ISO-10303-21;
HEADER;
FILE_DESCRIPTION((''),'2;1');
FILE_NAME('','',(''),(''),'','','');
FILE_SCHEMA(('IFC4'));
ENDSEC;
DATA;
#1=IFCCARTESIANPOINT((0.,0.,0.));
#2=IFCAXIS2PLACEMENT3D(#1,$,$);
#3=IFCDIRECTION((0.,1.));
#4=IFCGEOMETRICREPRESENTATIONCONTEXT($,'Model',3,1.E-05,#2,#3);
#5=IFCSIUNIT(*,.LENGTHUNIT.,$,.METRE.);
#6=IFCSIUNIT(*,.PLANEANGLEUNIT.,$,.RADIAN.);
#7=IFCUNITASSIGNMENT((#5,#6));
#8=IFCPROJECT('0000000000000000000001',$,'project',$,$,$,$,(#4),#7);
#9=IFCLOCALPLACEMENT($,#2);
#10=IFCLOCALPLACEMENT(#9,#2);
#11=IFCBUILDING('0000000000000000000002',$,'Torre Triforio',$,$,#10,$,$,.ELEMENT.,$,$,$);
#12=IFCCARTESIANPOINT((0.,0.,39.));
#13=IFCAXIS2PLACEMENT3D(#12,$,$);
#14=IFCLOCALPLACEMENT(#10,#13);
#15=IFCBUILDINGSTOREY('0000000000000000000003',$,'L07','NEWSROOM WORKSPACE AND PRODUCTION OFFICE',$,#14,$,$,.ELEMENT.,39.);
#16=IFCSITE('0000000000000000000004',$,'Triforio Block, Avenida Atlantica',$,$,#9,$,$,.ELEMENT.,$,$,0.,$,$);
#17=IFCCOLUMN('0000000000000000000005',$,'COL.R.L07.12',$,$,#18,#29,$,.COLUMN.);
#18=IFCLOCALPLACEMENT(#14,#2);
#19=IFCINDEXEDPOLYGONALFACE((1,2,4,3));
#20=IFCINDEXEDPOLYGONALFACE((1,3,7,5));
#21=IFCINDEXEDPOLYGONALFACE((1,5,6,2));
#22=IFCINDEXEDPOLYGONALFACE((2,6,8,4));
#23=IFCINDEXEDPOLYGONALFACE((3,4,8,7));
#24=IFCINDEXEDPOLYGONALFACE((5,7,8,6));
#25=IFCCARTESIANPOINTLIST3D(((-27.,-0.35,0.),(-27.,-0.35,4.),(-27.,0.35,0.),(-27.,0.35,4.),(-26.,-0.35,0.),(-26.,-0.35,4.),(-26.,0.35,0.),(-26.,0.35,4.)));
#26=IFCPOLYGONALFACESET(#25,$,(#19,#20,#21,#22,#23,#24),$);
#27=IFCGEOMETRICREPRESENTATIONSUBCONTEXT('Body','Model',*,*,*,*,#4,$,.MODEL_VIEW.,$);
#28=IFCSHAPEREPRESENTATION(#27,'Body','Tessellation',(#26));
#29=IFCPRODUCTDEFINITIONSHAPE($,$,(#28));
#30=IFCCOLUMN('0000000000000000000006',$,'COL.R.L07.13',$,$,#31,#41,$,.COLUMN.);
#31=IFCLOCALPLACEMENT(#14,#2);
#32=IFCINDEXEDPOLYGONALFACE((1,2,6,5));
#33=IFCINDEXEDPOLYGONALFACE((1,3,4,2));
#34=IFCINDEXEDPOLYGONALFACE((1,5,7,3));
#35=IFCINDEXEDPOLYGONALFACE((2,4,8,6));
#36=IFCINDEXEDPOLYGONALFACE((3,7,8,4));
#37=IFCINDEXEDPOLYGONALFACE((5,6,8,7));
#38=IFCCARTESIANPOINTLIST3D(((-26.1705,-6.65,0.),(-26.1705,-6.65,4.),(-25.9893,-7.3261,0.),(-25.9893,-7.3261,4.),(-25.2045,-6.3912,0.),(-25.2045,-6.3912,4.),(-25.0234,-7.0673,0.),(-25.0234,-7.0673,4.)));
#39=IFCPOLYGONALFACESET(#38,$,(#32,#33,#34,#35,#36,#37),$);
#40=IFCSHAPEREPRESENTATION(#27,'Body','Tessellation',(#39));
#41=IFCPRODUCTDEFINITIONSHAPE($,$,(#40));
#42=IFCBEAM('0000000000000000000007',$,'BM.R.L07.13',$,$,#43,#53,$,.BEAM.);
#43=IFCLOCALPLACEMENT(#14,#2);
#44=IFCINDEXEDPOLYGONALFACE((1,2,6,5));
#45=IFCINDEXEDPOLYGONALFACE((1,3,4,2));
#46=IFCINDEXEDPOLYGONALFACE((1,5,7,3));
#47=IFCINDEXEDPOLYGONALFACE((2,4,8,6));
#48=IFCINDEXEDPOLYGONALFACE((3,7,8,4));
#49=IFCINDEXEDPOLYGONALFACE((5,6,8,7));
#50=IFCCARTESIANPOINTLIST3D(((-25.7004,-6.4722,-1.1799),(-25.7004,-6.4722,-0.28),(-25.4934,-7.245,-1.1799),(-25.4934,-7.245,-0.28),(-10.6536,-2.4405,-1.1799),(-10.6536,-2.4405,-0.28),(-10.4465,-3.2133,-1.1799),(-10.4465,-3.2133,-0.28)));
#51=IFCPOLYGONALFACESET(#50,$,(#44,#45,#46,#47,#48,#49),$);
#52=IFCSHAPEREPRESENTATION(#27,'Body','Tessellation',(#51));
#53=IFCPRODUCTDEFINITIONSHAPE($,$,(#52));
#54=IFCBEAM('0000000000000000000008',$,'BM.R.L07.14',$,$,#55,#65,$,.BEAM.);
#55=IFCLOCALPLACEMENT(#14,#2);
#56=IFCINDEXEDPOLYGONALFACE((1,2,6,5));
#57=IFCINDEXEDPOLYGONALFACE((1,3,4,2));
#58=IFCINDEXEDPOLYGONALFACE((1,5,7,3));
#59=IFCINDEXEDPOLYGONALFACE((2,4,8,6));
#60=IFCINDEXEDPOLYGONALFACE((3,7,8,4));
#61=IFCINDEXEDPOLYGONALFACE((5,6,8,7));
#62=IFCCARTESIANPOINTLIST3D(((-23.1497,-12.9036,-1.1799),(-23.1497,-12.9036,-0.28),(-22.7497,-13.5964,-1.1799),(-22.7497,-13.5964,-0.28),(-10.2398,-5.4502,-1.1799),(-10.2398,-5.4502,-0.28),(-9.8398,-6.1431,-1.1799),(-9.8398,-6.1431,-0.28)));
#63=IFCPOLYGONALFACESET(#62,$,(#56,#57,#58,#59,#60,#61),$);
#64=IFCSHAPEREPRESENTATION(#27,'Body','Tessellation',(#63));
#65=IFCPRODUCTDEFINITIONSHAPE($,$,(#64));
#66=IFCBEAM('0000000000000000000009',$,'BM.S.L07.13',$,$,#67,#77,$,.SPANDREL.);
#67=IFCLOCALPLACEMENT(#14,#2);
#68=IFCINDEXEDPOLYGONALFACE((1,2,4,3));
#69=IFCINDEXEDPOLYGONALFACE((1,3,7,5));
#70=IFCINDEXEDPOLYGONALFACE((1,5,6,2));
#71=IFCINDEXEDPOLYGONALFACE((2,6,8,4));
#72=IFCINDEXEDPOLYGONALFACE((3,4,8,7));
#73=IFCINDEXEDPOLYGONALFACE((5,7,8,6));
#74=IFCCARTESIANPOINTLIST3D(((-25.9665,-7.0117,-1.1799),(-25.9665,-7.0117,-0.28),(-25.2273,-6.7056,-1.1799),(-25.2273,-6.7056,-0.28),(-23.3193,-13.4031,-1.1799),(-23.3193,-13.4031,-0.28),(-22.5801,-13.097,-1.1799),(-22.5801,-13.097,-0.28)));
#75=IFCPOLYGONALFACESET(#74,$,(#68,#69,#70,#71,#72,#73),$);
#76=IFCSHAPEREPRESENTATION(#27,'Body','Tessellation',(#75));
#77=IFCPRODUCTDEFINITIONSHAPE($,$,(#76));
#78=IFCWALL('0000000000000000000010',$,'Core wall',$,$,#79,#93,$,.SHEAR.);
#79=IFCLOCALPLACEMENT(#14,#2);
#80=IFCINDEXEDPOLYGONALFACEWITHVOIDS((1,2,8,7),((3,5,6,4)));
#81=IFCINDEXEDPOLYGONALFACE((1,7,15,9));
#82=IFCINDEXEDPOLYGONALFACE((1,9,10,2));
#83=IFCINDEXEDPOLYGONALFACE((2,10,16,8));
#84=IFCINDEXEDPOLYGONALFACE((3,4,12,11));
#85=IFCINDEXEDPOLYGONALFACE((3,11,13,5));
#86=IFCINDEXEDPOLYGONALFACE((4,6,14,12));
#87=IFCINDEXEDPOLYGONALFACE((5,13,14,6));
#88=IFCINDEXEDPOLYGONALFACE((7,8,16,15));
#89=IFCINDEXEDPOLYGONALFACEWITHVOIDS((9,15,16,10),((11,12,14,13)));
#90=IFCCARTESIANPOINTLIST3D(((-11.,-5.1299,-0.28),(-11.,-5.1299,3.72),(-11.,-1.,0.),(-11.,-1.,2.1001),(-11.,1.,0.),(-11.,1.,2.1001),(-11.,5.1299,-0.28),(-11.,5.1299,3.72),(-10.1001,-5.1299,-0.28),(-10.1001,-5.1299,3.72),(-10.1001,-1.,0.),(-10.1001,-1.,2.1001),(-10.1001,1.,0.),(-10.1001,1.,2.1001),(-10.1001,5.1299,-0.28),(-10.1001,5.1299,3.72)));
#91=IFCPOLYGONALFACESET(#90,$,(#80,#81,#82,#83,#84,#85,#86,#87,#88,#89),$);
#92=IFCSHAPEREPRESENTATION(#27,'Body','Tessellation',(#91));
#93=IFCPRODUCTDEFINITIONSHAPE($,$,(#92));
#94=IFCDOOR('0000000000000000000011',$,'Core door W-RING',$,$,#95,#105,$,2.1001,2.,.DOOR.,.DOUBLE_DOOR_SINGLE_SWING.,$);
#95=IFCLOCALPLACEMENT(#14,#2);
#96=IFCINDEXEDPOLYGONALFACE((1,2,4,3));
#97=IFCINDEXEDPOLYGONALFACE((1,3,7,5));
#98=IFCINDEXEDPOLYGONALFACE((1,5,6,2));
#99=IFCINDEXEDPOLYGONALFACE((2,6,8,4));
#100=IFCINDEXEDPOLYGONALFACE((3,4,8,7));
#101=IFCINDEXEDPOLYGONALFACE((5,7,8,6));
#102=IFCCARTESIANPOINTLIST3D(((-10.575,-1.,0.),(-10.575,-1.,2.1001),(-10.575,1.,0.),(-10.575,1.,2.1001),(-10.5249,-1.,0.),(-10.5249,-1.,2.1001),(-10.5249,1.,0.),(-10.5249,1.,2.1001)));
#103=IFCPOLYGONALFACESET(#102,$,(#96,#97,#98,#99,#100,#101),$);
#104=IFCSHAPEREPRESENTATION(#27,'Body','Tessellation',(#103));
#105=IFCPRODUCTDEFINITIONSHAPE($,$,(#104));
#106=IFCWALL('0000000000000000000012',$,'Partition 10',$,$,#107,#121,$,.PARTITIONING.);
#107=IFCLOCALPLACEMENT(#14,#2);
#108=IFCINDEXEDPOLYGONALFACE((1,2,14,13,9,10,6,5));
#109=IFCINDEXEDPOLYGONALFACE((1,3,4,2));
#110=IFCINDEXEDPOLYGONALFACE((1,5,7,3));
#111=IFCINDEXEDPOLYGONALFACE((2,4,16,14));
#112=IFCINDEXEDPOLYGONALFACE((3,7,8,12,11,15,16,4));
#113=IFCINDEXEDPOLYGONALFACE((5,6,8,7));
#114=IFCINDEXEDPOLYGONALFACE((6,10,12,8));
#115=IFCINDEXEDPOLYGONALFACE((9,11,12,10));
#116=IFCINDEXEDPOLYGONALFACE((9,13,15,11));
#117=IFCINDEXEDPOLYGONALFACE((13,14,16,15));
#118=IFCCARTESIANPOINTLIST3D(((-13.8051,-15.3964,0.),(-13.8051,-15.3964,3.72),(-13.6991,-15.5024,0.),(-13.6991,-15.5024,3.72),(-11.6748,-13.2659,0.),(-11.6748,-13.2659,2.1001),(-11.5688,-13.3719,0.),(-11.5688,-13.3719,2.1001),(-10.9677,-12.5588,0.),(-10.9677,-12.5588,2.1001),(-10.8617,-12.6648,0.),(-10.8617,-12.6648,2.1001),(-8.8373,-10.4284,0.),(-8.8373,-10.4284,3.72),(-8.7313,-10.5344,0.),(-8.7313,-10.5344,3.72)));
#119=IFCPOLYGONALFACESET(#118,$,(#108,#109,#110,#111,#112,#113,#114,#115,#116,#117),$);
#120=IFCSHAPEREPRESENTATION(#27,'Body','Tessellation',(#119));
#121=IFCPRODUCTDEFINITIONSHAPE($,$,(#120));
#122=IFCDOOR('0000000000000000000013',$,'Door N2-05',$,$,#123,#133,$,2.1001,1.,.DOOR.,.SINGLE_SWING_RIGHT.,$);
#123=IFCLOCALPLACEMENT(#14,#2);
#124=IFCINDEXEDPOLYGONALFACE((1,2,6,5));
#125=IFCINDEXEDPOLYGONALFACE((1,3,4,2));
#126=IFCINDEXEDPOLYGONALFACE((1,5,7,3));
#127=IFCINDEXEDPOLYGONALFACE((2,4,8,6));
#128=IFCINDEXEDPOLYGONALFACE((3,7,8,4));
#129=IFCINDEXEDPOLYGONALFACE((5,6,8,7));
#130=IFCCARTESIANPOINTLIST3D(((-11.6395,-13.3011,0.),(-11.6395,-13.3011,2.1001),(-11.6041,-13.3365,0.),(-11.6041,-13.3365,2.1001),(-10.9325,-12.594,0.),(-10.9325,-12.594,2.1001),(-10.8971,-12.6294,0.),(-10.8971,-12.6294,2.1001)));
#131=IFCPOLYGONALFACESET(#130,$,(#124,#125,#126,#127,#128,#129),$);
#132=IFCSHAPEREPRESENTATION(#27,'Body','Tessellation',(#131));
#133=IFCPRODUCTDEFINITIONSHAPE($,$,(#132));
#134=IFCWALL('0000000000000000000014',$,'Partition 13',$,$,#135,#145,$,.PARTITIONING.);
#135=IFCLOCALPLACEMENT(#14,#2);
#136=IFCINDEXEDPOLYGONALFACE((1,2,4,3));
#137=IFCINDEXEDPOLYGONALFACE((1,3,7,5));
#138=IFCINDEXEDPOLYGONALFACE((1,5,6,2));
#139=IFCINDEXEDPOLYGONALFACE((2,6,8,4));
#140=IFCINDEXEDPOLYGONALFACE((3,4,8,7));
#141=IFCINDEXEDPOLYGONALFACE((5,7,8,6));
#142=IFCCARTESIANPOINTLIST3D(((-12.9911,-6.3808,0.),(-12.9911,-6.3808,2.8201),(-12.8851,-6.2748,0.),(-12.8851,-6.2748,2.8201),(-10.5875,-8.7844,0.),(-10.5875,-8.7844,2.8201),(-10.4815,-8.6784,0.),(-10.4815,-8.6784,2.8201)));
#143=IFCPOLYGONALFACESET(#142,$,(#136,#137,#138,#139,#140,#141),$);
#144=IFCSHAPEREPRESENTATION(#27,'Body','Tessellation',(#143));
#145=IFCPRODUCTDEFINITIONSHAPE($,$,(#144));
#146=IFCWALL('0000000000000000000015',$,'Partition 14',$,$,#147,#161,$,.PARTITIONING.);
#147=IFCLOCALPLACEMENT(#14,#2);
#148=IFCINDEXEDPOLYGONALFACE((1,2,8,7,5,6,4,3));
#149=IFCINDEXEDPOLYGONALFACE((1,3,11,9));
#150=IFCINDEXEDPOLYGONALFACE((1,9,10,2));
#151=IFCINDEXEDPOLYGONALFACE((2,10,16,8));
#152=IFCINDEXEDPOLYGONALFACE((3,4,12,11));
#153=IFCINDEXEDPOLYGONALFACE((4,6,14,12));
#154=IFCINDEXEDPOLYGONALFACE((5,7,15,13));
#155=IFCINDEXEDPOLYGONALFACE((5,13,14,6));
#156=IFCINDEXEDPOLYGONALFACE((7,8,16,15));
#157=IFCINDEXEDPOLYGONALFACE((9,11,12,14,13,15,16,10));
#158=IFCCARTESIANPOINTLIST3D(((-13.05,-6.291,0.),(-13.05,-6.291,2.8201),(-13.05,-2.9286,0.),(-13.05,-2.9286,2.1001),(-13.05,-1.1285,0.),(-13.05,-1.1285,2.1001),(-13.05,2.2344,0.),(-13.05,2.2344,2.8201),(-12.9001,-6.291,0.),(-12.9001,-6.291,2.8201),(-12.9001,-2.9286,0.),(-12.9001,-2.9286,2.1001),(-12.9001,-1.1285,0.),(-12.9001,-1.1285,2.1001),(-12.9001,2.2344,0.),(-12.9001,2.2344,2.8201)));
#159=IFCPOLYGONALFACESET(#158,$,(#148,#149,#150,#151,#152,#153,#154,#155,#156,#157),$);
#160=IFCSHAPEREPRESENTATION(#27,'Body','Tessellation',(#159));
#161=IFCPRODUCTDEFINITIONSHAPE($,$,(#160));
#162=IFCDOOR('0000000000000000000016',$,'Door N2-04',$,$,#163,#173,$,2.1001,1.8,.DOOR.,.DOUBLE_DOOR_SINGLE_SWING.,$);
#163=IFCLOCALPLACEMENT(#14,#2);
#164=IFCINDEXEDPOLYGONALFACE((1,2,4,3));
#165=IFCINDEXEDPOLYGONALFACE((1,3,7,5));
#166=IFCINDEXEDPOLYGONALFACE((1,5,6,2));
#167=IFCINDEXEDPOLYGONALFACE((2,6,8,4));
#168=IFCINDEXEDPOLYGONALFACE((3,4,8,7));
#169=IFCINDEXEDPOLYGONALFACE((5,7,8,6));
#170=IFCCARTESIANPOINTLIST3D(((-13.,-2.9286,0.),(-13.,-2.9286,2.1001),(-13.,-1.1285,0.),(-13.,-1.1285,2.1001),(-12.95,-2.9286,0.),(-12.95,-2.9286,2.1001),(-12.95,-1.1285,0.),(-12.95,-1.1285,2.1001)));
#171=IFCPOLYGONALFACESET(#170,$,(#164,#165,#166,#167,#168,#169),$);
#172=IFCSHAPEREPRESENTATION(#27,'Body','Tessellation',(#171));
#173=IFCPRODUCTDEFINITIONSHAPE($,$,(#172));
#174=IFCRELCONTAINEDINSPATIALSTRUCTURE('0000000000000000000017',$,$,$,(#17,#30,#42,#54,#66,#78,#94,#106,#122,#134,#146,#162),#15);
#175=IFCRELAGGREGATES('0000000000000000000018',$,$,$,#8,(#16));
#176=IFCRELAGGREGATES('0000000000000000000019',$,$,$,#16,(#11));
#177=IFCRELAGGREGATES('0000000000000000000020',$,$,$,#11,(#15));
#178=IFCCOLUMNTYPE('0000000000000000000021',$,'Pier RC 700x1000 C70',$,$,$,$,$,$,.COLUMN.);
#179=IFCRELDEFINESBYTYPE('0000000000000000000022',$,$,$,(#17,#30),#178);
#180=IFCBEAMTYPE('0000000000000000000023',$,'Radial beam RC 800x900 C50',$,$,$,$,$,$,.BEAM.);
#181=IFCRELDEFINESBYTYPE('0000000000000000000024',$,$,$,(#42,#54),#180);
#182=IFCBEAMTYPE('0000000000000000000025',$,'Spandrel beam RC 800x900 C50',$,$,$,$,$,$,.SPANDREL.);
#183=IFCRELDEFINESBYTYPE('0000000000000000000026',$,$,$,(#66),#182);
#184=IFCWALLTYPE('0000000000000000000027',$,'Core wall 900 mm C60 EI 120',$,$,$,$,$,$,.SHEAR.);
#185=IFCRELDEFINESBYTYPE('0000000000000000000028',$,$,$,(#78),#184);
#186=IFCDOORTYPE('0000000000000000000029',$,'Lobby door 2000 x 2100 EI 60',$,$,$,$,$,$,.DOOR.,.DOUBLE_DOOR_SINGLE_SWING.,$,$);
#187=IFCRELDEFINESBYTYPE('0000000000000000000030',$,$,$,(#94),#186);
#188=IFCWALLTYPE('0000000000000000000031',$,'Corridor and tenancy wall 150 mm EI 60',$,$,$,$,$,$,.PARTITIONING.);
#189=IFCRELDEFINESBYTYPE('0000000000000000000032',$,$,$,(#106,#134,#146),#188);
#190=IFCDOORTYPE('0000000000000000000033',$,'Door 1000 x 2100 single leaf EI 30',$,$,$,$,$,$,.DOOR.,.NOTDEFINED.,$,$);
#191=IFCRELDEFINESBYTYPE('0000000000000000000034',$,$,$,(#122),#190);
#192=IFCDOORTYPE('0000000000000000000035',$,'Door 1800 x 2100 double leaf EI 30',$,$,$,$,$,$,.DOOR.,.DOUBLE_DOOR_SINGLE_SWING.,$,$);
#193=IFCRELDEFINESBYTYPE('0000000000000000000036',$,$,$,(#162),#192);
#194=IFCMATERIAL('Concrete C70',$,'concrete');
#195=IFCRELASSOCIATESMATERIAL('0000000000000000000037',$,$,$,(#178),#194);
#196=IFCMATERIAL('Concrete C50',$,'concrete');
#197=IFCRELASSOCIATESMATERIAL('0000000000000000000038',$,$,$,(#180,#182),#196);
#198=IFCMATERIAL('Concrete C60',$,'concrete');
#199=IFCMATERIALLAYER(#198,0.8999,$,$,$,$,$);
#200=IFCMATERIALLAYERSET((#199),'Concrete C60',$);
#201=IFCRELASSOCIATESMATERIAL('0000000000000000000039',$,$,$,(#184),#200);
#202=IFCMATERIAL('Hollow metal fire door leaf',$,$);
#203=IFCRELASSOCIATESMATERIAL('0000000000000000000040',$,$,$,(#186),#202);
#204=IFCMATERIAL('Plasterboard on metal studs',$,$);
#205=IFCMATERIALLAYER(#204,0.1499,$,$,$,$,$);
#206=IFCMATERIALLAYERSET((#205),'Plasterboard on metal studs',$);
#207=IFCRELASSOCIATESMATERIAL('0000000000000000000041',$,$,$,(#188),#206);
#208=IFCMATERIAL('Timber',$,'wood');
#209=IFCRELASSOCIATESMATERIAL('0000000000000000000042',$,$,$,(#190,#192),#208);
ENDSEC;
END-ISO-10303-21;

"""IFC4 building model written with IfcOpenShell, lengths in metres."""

from ifc_helpers import new_model, si_unit, direction, frame, frame_2d, origin, origin_2d, place, context, subcontext, project, spatial, rectangle, extrude, material, layer, layer_set, material_profile, profile_set, type_object, element, fill, save


model = new_model("IFC4")

# Units and contexts
model_context = context("Model", 3, precision=1e-05, world=origin(), true_north=direction((0.0, 1.0)))
body_context = subcontext(model_context, "Body", "Model", "MODEL_VIEW")
ifc_project = project(units=[si_unit("LENGTHUNIT", "METRE"), si_unit("PLANEANGLEUNIT", "RADIAN")], contexts=[model_context])

# Site, building, storey
site_placement = place(None, origin())
site = spatial("IfcSite", under=ifc_project, at=site_placement, Name="Triforio Block, Avenida Atlantica", CompositionType="ELEMENT", RefElevation=0.0)
building_placement = place(site_placement, origin())
building = spatial("IfcBuilding", under=site, at=building_placement, Name="Torre Triforio", CompositionType="ELEMENT")
storey_placement = place(building_placement, frame((0.0, 0.0, 39.0)))
storey = spatial("IfcBuildingStorey", under=building, at=storey_placement, Name="L07", Description="NEWSROOM WORKSPACE AND PRODUCTION OFFICE", CompositionType="ELEMENT", Elevation=39.0)

# Columns
ifc_material_1 = material(Name="Concrete C70", Category="concrete")
ifc_material_profile_1 = material_profile(ifc_material_1, rectangle(XDim=0.7, YDim=1.0, at=origin_2d()), Name="RC 700x1000")
ifc_profile_set_1 = profile_set([ifc_material_profile_1], Name="Concrete C70")
column_type = type_object("IfcColumnType", Name="Pier RC 700x1000 C70", PredefinedType="COLUMN", material=ifc_profile_set_1)
for number, where, z_axis, x_axis, name in (
    (1, (-26.5, 0.0, 0.0), (0.0, 0.0, 1.0), (0.0, -1.0, 0.0), "COL.R.L07.12"),
    (2, (-25.5969, -6.8586, 0.0), (0.0, 0.0, 1.0), (0.258819, -0.965926, 0.0), "COL.R.L07.13"),
):
    element("IfcColumn", number, at=place(storey_placement, frame(where, z_axis=z_axis, x_axis=x_axis)), inside=storey, type_object=column_type, Name=name, PredefinedType="COLUMN", context=body_context, shape_type="SweptSolid", body=[
        extrude(rectangle(XDim=0.7, YDim=1.0, at=origin_2d()), origin(), (0.0, 0.0, 1.0), 4.0),
    ])

# Beams
ifc_material_2 = material(Name="Concrete C50", Category="concrete")
ifc_material_profile_2 = material_profile(ifc_material_2, rectangle(XDim=0.8, YDim=0.8999, at=origin_2d()), Name="RC 800x900")
ifc_profile_set_2 = profile_set([ifc_material_profile_2], Name="Concrete C50")
beam_type_1 = type_object("IfcBeamType", Name="Radial beam RC 800x900 C50", PredefinedType="BEAM", material=ifc_profile_set_2)
beam_1_placement = place(storey_placement, frame((-10.55, -2.8269, -0.73), z_axis=(-0.965927, -0.258815, 0.0), x_axis=(0.258815, -0.965927, 0.0)))
element("IfcBeam", 3, at=beam_1_placement, inside=storey, type_object=beam_type_1, Name="BM.R.L07.13", PredefinedType="BEAM", context=body_context, shape_type="SweptSolid", body=[
    extrude(rectangle(XDim=0.8, YDim=0.8999, at=origin_2d()), origin(), (0.0, 0.0, 1.0), 15.5776),
])
beam_2_placement = place(storey_placement, frame((-10.0398, -5.7966, -0.73), z_axis=(-0.86603, -0.499991, 0.0), x_axis=(0.499991, -0.86603, 0.0)))
element("IfcBeam", 4, at=beam_2_placement, inside=storey, type_object=beam_type_1, Name="BM.R.L07.14", PredefinedType="BEAM", context=body_context, shape_type="SweptSolid", body=[
    extrude(rectangle(XDim=0.8, YDim=0.8999, at=origin_2d()), origin(), (0.0, 0.0, 1.0), 14.907),
])
ifc_material_profile_3 = material_profile(ifc_material_2, rectangle(XDim=0.8, YDim=0.8999, at=origin_2d()), Name="RC 800x900")
ifc_profile_set_3 = profile_set([ifc_material_profile_3], Name="Concrete C50")
beam_type_2 = type_object("IfcBeamType", Name="Spandrel beam RC 800x900 C50", PredefinedType="SPANDREL", material=ifc_profile_set_3)
beam_3_placement = place(storey_placement, frame((-25.5969, -6.8586, -0.73), z_axis=(0.382662, -0.923888, 0.0), x_axis=(0.923888, 0.382662, 0.0)))
element("IfcBeam", 5, at=beam_3_placement, inside=storey, type_object=beam_type_2, Name="BM.S.L07.13", PredefinedType="SPANDREL", context=body_context, shape_type="SweptSolid", body=[
    extrude(rectangle(XDim=0.8, YDim=0.8999, at=origin_2d()), origin(), (0.0, 0.0, 1.0), 6.918),
])

# Walls, openings, doors
ifc_material_3 = material(Name="Concrete C60", Category="concrete")
ifc_layer_1 = layer(ifc_material_3, 0.8999)
ifc_layer_set_1 = layer_set([ifc_layer_1], Name="Concrete C60")
wall_type_1 = type_object("IfcWallType", Name="Core wall 900 mm C60 EI 120", PredefinedType="SHEAR", material=ifc_layer_set_1)
wall_1_placement = place(storey_placement, frame((-10.55, -5.1299, -0.28), z_axis=(0.0, 0.0, 1.0), x_axis=(0.0, 1.0, 0.0)))
wall_1 = element("IfcWall", 6, at=wall_1_placement, inside=storey, type_object=wall_type_1, Name="Core wall", PredefinedType="SHEAR", context=body_context, shape_type="SweptSolid", body=[
    extrude(rectangle(XDim=10.2598, YDim=0.8999, at=frame_2d((5.1299, 0.0))), origin(), (0.0, 0.0, 1.0), 4.0),
])
opening_1_placement = place(wall_1_placement, frame((4.1299, 0.0, 0.28)))
opening_1 = element("IfcOpeningElement", 7, at=opening_1_placement, cuts=wall_1, PredefinedType="OPENING", context=body_context, shape_type="SweptSolid", body=[
    extrude(rectangle(XDim=2.0, YDim=2.1001, at=frame_2d((1.0, 1.05))), frame((0.0, 0.46, 0.0), z_axis=(0.0, -1.0, 0.0), x_axis=(1.0, 0.0, 0.0)), (0.0, 0.0, 1.0), 0.9199),
])
ifc_material_4 = material(Name="Hollow metal fire door leaf")
door_type_1 = type_object("IfcDoorType", Name="Lobby door 2000 x 2100 EI 60", OperationType="DOUBLE_DOOR_SINGLE_SWING", PredefinedType="DOOR", material=ifc_material_4)
door_1_placement = place(opening_1_placement, origin())
door_1 = element("IfcDoor", 8, at=door_1_placement, inside=storey, type_object=door_type_1, Name="Core door W-RING", OperationType="DOUBLE_DOOR_SINGLE_SWING", OverallHeight=2.1001, OverallWidth=2.0, PredefinedType="DOOR", context=body_context, shape_type="SweptSolid", body=[
    extrude(rectangle(XDim=2.0, YDim=2.1001, at=frame_2d((1.0, 1.05))), frame((0.0, 0.0249, 0.0), z_axis=(0.0, -1.0, 0.0), x_axis=(1.0, 0.0, 0.0)), (0.0, 0.0, 1.0), 0.05),
])
fill(opening_1, door_1)
ifc_material_5 = material(Name="Plasterboard on metal studs")
ifc_layer_2 = layer(ifc_material_5, 0.1499)
ifc_layer_set_2 = layer_set([ifc_layer_2], Name="Plasterboard on metal studs")
wall_type_2 = type_object("IfcWallType", Name="Corridor and tenancy wall 150 mm EI 60", PredefinedType="PARTITIONING", material=ifc_layer_set_2)
wall_2_placement = place(storey_placement, frame((-8.7844, -10.4814, 0.0), z_axis=(0.0, 0.0, 1.0), x_axis=(-0.707089, -0.707124, 0.0)))
wall_2 = element("IfcWall", 9, at=wall_2_placement, inside=storey, type_object=wall_type_2, Name="Partition 10", PredefinedType="PARTITIONING", context=body_context, shape_type="SweptSolid", body=[
    extrude(rectangle(XDim=7.0256, YDim=0.1499, at=frame_2d((3.5127, 0.0))), origin(), (0.0, 0.0, 1.0), 3.72),
])
opening_2_placement = place(wall_2_placement, frame((3.0127, 0.0, 0.0)))
opening_2 = element("IfcOpeningElement", 10, at=opening_2_placement, cuts=wall_2, PredefinedType="OPENING", context=body_context, shape_type="SweptSolid", body=[
    extrude(rectangle(XDim=1.0, YDim=2.1001, at=frame_2d((0.5, 1.05))), frame((0.0, 0.085, 0.0), z_axis=(0.0, -1.0, 0.0), x_axis=(1.0, 0.0, 0.0)), (0.0, 0.0, 1.0), 0.1699),
])
ifc_material_6 = material(Name="Timber", Category="wood")
door_type_2 = type_object("IfcDoorType", Name="Door 1000 x 2100 single leaf EI 30", OperationType="NOTDEFINED", PredefinedType="DOOR", material=ifc_material_6)
door_2_placement = place(opening_2_placement, origin())
door_2 = element("IfcDoor", 11, at=door_2_placement, inside=storey, type_object=door_type_2, Name="Door N2-05", OperationType="SINGLE_SWING_RIGHT", OverallHeight=2.1001, OverallWidth=1.0, PredefinedType="DOOR", context=body_context, shape_type="SweptSolid", body=[
    extrude(rectangle(XDim=1.0, YDim=2.1001, at=frame_2d((0.5, 1.05))), frame((0.0, 0.0249, 0.0), z_axis=(0.0, -1.0, 0.0), x_axis=(1.0, 0.0, 0.0)), (0.0, 0.0, 1.0), 0.05),
])
fill(opening_2, door_2)

# Wall
wall_3_placement = place(storey_placement, frame((-10.5344, -8.7314, 0.0), z_axis=(0.0, 0.0, 1.0), x_axis=(-0.707107, 0.707107, 0.0)))
element("IfcWall", 12, at=wall_3_placement, inside=storey, type_object=wall_type_2, Name="Partition 13", PredefinedType="PARTITIONING", context=body_context, shape_type="SweptSolid", body=[
    extrude(rectangle(XDim=3.3992, YDim=0.1499, at=frame_2d((1.6997, 0.0))), origin(), (0.0, 0.0, 1.0), 2.8201),
])

# Wall, opening, door
wall_4_placement = place(storey_placement, frame((-12.9751, -6.291, 0.0), z_axis=(0.0, 0.0, 1.0), x_axis=(0.0, 1.0, 0.0)))
wall_4 = element("IfcWall", 13, at=wall_4_placement, inside=storey, type_object=wall_type_2, Name="Partition 14", PredefinedType="PARTITIONING", context=body_context, shape_type="SweptSolid", body=[
    extrude(rectangle(XDim=8.5254, YDim=0.1499, at=frame_2d((4.2627, 0.0))), origin(), (0.0, 0.0, 1.0), 2.8201),
])
opening_3_placement = place(wall_4_placement, frame((3.3625, 0.0, 0.0)))
opening_3 = element("IfcOpeningElement", 14, at=opening_3_placement, cuts=wall_4, PredefinedType="OPENING", context=body_context, shape_type="SweptSolid", body=[
    extrude(rectangle(XDim=1.8, YDim=2.1001, at=frame_2d((0.8999, 1.05))), frame((0.0, 0.085, 0.0), z_axis=(0.0, -1.0, 0.0), x_axis=(1.0, 0.0, 0.0)), (0.0, 0.0, 1.0), 0.1699),
])
door_type_3 = type_object("IfcDoorType", Name="Door 1800 x 2100 double leaf EI 30", OperationType="DOUBLE_DOOR_SINGLE_SWING", PredefinedType="DOOR", material=ifc_material_6)
door_3_placement = place(opening_3_placement, origin())
door_3 = element("IfcDoor", 15, at=door_3_placement, inside=storey, type_object=door_type_3, Name="Door N2-04", OperationType="DOUBLE_DOOR_SINGLE_SWING", OverallHeight=2.1001, OverallWidth=1.8, PredefinedType="DOOR", context=body_context, shape_type="SweptSolid", body=[
    extrude(rectangle(XDim=1.8, YDim=2.1001, at=frame_2d((0.8999, 1.05))), frame((0.0, 0.0249, 0.0), z_axis=(0.0, -1.0, 0.0), x_axis=(1.0, 0.0, 0.0)), (0.0, 0.0, 1.0), 0.05),
])
fill(opening_3, door_3)

save(model, "model.ifc")
